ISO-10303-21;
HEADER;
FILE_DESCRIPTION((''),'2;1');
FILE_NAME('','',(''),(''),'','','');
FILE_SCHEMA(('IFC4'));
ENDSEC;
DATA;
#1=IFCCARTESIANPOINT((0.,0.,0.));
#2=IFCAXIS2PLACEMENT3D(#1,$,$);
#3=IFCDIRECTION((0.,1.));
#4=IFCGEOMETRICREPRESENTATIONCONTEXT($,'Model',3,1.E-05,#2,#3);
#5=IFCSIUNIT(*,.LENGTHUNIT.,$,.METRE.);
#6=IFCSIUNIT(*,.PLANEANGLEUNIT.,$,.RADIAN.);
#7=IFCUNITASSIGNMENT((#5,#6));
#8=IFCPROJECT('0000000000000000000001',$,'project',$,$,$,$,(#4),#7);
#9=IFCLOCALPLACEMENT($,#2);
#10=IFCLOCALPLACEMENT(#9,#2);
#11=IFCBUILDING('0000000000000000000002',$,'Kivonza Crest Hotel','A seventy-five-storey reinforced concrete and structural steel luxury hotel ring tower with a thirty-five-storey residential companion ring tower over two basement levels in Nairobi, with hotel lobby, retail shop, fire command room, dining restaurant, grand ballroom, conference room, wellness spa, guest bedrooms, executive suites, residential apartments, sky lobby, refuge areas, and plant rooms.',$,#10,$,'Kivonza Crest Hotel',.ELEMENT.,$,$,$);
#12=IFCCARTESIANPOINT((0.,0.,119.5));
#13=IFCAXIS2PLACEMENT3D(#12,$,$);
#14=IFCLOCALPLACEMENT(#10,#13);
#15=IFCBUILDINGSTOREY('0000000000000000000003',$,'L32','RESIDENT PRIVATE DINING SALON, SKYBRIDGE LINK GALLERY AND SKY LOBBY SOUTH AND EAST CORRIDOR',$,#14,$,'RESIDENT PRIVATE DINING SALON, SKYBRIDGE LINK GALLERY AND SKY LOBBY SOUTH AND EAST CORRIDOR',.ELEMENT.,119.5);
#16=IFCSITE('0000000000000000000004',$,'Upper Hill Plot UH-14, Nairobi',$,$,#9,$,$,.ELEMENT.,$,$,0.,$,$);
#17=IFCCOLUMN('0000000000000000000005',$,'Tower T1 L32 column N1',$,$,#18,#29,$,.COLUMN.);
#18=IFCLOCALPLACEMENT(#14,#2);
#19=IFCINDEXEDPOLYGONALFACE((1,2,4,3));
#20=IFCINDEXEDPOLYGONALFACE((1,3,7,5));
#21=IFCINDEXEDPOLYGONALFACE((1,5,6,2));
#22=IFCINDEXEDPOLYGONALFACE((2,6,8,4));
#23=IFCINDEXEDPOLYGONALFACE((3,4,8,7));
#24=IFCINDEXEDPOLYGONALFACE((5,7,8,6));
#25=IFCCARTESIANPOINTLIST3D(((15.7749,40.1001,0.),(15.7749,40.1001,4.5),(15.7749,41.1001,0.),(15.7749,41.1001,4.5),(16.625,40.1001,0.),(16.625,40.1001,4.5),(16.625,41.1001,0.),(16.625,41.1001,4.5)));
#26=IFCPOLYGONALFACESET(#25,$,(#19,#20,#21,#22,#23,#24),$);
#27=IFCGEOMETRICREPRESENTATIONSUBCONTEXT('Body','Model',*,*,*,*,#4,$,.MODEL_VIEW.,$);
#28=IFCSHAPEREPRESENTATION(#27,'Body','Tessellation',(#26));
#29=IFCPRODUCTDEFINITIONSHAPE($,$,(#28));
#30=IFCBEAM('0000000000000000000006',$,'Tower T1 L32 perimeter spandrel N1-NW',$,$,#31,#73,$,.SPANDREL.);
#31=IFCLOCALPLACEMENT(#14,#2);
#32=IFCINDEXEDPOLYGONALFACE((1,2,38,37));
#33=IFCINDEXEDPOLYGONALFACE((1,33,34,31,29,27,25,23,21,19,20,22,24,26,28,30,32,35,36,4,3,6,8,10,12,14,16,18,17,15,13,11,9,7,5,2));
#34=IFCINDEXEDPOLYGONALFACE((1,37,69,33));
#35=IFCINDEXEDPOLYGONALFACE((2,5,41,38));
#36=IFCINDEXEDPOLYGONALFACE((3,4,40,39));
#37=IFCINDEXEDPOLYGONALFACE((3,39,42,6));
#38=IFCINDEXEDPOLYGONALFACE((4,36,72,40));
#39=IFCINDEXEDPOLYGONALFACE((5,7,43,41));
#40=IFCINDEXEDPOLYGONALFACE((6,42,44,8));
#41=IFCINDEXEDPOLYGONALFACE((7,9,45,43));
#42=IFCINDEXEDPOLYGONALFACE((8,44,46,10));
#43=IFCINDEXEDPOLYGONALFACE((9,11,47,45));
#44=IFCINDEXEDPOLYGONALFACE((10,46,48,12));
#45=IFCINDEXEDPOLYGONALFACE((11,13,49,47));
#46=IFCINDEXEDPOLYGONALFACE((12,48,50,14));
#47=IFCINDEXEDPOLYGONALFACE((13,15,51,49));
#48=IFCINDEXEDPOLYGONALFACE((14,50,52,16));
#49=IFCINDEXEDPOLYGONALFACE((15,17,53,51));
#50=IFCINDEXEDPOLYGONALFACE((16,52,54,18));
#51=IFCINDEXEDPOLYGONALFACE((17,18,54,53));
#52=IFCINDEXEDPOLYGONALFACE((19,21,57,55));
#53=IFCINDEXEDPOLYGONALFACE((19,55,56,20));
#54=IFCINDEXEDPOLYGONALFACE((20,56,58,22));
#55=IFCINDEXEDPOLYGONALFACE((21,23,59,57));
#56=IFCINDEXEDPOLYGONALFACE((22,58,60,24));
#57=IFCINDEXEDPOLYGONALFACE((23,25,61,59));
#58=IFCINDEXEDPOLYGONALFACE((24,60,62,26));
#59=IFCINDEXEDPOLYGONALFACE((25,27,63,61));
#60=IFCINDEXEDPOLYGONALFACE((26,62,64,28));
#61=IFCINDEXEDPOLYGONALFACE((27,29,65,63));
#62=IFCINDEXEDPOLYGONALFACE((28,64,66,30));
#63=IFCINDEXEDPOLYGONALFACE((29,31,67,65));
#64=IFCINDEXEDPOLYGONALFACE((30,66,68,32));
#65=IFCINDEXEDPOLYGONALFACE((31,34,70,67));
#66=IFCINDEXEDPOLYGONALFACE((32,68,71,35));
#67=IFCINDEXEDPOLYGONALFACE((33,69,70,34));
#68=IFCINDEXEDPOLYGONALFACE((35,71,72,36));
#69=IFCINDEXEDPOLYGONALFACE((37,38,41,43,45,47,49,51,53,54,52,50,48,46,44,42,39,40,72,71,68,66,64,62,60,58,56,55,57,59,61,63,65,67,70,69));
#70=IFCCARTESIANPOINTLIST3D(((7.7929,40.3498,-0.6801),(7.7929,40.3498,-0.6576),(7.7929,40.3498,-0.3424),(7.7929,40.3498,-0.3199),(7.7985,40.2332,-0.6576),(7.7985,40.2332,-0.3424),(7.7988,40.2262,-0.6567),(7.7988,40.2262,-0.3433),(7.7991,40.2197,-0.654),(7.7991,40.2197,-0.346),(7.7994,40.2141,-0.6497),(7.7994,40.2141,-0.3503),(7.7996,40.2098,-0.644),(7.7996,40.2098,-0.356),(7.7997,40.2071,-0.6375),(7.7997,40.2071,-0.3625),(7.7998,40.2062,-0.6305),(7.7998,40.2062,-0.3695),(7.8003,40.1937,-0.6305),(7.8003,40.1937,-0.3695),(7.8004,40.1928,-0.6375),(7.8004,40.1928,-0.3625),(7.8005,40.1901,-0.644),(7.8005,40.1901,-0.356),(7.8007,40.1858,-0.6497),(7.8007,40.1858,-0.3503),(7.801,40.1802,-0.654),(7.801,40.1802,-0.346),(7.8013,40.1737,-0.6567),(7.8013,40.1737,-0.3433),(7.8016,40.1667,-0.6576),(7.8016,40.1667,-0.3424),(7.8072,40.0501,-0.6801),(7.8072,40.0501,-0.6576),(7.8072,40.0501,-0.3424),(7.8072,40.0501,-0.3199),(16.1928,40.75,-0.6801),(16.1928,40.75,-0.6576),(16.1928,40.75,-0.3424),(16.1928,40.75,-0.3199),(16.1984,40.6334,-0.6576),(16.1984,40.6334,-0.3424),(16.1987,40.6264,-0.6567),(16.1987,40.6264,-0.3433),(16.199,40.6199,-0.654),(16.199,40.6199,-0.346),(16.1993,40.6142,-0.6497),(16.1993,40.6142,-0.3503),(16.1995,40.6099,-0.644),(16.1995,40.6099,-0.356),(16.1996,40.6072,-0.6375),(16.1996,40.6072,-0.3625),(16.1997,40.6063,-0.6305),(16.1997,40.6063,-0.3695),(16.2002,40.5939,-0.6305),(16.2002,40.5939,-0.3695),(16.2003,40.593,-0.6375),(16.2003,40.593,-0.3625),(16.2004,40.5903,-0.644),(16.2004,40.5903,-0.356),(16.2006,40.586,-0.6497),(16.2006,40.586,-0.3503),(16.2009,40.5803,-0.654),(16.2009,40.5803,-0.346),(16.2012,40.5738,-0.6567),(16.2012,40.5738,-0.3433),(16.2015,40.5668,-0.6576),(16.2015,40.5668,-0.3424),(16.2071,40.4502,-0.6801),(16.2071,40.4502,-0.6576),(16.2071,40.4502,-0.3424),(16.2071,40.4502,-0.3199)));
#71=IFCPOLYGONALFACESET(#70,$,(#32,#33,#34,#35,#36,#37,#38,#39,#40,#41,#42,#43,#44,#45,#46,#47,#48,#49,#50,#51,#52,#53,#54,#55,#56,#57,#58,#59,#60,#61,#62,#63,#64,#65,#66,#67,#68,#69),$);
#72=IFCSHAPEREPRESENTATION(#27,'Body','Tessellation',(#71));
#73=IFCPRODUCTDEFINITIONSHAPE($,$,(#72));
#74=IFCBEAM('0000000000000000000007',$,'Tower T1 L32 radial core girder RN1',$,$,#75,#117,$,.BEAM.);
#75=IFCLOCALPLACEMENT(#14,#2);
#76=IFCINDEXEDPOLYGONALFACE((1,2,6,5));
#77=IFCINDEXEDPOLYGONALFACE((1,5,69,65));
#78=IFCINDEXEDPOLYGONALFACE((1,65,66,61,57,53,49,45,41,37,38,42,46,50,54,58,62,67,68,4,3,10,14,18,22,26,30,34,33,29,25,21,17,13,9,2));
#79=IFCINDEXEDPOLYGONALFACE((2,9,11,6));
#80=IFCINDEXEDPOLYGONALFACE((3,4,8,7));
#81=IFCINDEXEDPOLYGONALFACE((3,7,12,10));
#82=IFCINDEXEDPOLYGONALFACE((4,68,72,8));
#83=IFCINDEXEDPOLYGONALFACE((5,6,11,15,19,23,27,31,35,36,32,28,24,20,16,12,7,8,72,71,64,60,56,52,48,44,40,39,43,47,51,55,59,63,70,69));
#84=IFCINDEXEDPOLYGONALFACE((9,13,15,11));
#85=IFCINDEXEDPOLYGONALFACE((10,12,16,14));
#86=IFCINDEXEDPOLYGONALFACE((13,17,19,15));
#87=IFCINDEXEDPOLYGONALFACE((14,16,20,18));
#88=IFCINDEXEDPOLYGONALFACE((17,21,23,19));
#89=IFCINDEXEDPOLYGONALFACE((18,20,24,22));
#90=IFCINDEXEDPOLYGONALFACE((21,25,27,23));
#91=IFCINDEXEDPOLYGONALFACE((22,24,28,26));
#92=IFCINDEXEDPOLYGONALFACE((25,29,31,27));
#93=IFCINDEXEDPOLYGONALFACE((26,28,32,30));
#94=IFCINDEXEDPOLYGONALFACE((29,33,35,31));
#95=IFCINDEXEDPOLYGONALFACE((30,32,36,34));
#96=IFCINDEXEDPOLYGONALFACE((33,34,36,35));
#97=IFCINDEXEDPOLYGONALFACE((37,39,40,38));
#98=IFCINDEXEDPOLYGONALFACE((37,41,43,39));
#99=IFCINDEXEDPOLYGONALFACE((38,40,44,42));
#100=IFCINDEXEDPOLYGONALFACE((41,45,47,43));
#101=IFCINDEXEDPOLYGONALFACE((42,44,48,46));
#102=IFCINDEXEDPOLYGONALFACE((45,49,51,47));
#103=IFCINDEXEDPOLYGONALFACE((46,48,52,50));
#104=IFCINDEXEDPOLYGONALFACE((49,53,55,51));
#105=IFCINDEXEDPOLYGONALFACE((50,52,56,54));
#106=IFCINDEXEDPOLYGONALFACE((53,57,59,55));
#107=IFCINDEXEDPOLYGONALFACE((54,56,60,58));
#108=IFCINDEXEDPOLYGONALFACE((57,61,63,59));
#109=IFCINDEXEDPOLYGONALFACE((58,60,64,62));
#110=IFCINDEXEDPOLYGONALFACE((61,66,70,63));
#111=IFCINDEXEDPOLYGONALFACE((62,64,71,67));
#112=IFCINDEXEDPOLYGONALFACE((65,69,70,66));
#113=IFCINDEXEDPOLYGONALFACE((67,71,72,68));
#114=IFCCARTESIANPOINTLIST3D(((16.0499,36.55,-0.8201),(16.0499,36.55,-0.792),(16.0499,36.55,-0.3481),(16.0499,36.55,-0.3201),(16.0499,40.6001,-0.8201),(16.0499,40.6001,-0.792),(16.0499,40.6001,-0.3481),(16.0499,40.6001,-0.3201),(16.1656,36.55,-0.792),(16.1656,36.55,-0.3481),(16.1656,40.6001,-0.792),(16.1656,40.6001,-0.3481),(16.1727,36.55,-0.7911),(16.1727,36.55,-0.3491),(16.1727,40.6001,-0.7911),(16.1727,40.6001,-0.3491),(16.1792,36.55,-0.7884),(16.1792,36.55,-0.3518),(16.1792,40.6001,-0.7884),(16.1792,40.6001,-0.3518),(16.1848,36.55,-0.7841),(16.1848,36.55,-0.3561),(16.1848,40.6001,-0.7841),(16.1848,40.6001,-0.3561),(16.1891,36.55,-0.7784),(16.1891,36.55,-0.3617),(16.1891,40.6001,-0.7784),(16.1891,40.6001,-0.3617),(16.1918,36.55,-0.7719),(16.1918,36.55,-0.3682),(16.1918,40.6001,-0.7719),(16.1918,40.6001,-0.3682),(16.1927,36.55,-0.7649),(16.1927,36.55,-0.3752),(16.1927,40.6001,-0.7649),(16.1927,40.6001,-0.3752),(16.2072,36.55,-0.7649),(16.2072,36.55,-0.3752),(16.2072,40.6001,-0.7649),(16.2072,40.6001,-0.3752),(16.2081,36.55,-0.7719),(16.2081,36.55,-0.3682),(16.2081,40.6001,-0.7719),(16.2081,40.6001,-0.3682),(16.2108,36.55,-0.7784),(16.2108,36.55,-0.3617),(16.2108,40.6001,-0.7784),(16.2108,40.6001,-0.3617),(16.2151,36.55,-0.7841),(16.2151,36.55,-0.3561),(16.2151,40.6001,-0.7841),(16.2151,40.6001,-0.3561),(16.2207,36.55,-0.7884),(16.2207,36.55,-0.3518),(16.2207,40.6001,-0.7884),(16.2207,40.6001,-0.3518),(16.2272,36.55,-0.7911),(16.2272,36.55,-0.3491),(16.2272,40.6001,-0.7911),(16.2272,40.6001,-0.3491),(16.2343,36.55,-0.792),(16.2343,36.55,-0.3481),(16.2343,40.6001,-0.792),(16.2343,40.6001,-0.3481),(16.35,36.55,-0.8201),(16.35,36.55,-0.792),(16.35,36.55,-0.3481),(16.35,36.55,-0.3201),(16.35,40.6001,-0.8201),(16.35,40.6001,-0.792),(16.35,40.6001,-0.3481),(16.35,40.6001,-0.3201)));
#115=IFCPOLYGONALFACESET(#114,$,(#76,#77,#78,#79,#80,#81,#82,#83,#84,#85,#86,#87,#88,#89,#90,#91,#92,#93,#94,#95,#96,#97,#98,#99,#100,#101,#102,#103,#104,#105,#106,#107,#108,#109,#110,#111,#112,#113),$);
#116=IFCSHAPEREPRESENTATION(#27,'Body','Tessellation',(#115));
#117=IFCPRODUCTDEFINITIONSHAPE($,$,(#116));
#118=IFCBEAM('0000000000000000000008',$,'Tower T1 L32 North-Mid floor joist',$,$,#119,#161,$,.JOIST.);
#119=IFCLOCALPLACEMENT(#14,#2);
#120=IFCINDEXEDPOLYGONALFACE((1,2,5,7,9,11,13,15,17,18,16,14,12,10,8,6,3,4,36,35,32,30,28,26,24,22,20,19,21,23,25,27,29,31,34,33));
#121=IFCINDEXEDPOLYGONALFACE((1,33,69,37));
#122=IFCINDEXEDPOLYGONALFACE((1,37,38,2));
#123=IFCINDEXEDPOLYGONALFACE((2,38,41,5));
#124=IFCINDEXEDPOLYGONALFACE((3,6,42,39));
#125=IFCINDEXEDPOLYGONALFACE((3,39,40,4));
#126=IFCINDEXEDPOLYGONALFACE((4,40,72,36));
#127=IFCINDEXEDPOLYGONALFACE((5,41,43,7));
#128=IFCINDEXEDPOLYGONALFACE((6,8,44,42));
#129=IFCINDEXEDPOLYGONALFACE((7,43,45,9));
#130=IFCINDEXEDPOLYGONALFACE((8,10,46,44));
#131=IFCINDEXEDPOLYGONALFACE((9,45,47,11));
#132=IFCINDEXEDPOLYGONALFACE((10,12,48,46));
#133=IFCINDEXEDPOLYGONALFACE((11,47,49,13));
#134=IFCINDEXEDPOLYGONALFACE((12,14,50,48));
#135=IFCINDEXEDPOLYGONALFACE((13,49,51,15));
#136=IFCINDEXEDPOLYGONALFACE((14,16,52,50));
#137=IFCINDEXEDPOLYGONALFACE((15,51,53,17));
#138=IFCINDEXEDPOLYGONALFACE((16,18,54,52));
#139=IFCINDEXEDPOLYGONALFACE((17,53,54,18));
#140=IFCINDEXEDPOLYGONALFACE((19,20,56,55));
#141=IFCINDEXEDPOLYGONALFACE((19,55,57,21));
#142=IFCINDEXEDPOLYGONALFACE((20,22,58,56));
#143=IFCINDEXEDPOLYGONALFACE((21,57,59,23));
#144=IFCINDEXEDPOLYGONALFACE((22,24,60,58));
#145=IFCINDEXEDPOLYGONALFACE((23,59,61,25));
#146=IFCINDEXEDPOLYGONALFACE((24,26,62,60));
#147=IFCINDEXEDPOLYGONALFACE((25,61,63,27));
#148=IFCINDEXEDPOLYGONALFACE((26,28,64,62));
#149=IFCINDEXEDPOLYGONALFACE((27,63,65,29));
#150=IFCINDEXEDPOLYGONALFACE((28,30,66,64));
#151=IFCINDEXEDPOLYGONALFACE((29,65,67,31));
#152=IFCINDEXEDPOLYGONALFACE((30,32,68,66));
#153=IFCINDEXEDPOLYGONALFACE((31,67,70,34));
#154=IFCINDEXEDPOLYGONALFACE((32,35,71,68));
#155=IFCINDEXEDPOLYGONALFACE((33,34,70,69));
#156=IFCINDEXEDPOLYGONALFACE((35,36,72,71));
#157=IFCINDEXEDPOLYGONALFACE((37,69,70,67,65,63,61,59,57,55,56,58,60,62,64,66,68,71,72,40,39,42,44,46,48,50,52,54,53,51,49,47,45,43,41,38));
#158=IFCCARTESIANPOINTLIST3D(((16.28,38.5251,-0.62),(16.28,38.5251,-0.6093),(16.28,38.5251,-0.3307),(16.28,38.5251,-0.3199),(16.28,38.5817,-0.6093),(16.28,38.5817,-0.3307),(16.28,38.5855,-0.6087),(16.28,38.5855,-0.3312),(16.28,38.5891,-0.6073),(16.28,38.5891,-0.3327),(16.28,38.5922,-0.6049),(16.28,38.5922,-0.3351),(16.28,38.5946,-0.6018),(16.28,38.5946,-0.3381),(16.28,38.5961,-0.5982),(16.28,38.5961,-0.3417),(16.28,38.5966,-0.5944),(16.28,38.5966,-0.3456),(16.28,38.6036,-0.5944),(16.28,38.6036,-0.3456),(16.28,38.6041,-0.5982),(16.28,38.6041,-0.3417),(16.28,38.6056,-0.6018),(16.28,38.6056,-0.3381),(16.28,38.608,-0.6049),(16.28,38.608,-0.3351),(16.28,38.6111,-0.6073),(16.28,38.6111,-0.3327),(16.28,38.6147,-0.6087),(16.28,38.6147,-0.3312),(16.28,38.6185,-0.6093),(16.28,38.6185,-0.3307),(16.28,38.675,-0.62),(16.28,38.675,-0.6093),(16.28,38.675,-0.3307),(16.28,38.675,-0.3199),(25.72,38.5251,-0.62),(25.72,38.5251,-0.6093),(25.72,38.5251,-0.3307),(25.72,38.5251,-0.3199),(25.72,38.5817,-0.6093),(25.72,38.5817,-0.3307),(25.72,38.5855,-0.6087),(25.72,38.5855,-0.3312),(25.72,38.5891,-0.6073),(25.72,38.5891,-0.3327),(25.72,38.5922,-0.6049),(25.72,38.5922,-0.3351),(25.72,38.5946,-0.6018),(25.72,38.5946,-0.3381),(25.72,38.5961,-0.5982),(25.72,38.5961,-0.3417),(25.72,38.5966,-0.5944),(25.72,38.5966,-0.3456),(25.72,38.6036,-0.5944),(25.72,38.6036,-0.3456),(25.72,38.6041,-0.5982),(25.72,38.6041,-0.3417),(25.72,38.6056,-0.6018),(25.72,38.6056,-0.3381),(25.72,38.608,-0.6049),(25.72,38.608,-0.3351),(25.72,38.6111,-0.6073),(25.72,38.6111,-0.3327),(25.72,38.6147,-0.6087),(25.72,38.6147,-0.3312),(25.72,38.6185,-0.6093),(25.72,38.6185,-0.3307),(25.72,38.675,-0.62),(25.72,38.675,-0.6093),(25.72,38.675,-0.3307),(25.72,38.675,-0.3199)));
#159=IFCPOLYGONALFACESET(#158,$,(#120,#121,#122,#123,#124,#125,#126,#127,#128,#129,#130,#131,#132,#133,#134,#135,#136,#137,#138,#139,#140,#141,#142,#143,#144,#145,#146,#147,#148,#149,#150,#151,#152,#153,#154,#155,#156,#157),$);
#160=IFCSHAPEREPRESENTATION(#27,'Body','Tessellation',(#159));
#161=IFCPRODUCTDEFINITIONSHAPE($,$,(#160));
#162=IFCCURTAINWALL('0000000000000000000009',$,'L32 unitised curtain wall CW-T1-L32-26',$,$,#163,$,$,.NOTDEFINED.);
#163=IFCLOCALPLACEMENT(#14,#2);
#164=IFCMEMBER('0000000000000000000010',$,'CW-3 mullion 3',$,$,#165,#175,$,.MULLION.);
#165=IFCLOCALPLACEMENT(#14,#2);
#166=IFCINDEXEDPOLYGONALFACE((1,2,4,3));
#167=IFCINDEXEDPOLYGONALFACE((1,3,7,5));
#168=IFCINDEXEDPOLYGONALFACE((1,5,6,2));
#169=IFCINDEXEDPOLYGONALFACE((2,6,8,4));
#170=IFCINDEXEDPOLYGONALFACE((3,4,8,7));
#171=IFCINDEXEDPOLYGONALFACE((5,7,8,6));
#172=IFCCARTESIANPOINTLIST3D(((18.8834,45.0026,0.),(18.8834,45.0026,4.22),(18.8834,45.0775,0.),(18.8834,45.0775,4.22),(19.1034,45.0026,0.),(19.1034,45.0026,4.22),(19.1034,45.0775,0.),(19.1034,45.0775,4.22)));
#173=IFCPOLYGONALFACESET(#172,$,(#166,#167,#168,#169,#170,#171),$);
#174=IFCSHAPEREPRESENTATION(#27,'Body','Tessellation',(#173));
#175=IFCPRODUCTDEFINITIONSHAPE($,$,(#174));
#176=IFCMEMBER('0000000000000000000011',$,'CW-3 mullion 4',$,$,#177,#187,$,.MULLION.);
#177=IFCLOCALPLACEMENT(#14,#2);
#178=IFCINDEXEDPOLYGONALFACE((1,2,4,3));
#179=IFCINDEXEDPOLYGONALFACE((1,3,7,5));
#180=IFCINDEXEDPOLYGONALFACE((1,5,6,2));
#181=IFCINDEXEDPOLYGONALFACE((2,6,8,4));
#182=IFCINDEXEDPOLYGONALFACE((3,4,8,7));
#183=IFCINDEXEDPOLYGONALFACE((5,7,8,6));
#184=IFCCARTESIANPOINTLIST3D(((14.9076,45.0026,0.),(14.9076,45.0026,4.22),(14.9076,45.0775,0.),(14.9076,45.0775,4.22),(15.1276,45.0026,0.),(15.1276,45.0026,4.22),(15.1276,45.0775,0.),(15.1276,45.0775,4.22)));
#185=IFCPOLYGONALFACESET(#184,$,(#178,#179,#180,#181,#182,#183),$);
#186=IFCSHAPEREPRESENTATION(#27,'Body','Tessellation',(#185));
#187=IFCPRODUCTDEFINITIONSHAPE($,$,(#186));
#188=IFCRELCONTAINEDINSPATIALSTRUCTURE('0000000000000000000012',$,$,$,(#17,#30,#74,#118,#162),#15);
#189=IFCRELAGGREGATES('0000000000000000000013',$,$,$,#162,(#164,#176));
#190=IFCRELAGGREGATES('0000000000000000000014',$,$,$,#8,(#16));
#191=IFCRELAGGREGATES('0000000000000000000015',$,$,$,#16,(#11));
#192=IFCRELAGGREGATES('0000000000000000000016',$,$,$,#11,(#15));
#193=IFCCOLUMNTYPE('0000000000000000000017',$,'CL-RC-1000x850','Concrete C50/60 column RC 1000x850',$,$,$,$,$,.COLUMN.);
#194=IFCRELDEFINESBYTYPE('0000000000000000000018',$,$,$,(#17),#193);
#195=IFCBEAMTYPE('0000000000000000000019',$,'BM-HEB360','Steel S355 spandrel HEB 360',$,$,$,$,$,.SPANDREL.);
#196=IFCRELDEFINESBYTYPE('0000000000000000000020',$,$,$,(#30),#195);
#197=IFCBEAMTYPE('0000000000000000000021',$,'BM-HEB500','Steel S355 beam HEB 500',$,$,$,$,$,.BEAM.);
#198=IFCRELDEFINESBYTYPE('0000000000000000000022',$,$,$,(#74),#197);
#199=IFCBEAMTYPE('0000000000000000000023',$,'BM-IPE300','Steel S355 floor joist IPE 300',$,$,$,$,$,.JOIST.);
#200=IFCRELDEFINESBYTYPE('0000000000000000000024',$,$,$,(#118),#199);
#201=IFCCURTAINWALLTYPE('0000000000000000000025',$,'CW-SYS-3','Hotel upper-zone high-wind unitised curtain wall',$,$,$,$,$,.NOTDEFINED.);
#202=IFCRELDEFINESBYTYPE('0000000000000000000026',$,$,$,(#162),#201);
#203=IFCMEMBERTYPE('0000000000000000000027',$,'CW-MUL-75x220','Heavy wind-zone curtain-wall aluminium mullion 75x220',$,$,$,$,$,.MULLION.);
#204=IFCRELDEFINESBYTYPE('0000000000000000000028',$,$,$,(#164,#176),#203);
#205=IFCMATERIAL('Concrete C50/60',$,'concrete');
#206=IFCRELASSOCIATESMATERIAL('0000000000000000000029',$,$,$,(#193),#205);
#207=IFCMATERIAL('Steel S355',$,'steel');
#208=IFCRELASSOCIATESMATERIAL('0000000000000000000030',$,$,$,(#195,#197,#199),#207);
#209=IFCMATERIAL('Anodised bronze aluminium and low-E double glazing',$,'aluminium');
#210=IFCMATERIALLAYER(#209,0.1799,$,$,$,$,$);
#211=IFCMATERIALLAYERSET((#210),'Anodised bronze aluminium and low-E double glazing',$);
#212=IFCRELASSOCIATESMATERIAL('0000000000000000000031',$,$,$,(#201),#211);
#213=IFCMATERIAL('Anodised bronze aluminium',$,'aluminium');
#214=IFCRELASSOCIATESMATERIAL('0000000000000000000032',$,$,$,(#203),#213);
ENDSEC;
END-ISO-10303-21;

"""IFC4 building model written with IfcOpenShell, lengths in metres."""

from ifc_helpers import new_model, si_unit, direction, frame, origin, origin_2d, place, context, subcontext, project, spatial, rectangle, i_section, extrude, material, layer, layer_set, material_profile, profile_set, type_object, element, aggregate, save


model = new_model("IFC4")

# Units and contexts
model_context = context("Model", 3, precision=1e-05, world=origin(), true_north=direction((0.0, 1.0)))
body_context = subcontext(model_context, "Body", "Model", "MODEL_VIEW")
ifc_project = project(units=[si_unit("LENGTHUNIT", "METRE"), si_unit("PLANEANGLEUNIT", "RADIAN")], contexts=[model_context])

# Site, building, storey
site_placement = place(None, origin())
site = spatial("IfcSite", under=ifc_project, at=site_placement, Name="Upper Hill Plot UH-14, Nairobi", CompositionType="ELEMENT", RefElevation=0.0)
building_placement = place(site_placement, origin())
building = spatial("IfcBuilding", under=site, at=building_placement, Name="Kivonza Crest Hotel", Description="A seventy-five-storey reinforced concrete and structural steel luxury hotel ring tower with a thirty-five-storey residential companion ring tower over two basement levels in Nairobi, with hotel lobby, retail shop, fire command room, dining restaurant, grand ballroom, conference room, wellness spa, guest bedrooms, executive suites, residential apartments, sky lobby, refuge areas, and plant rooms.", LongName="Kivonza Crest Hotel", CompositionType="ELEMENT")
storey_placement = place(building_placement, frame((0.0, 0.0, 119.5)))
storey = spatial("IfcBuildingStorey", under=building, at=storey_placement, Name="L32", Description="RESIDENT PRIVATE DINING SALON, SKYBRIDGE LINK GALLERY AND SKY LOBBY SOUTH AND EAST CORRIDOR", LongName="RESIDENT PRIVATE DINING SALON, SKYBRIDGE LINK GALLERY AND SKY LOBBY SOUTH AND EAST CORRIDOR", CompositionType="ELEMENT", Elevation=119.5)

# Column
ifc_material_1 = material(Name="Concrete C50/60", Category="concrete")
ifc_material_profile_1 = material_profile(ifc_material_1, rectangle(XDim=0.8501, YDim=1.0, at=origin_2d()), Name="RC 1000x850")
ifc_profile_set_1 = profile_set([ifc_material_profile_1], Name="Concrete C50/60")
column_type = type_object("IfcColumnType", Name="CL-RC-1000x850", Description="Concrete C50/60 column RC 1000x850", PredefinedType="COLUMN", material=ifc_profile_set_1)
column_placement = place(storey_placement, frame((16.2, 40.6001, 0.0), z_axis=(0.0, 0.0, 1.0), x_axis=(1.0, 0.0, 0.0)))
element("IfcColumn", 1, at=column_placement, inside=storey, type_object=column_type, Name="Tower T1 L32 column N1", PredefinedType="COLUMN", context=body_context, shape_type="SweptSolid", body=[
    extrude(rectangle(XDim=0.8501, YDim=1.0, at=origin_2d()), origin(), (0.0, 0.0, 1.0), 4.5),
])

# Beams
ifc_material_2 = material(Name="Steel S355", Category="steel")
ifc_material_profile_2 = material_profile(ifc_material_2, i_section(OverallWidth=0.3, OverallDepth=0.3601, WebThickness=0.0125, FlangeThickness=0.0225, FilletRadius=0.0271, at=origin_2d()), Name="HEB 360")
ifc_profile_set_2 = profile_set([ifc_material_profile_2], Name="Steel S355")
beam_type_1 = type_object("IfcBeamType", Name="BM-HEB360", Description="Steel S355 spandrel HEB 360", PredefinedType="SPANDREL", material=ifc_profile_set_2)
beam_1_placement = place(storey_placement, frame((16.2, 40.6001, -0.5), z_axis=(-0.998867, -0.047583, 0.0), x_axis=(0.047583, -0.998867, 0.0)))
element("IfcBeam", 2, at=beam_1_placement, inside=storey, type_object=beam_type_1, Name="Tower T1 L32 perimeter spandrel N1-NW", PredefinedType="SPANDREL", context=body_context, shape_type="SweptSolid", body=[
    extrude(i_section(OverallWidth=0.3, OverallDepth=0.3601, WebThickness=0.0125, FlangeThickness=0.0225, FilletRadius=0.0271, at=origin_2d()), origin(), (0.0, 0.0, 1.0), 8.4094),
])
ifc_material_profile_3 = material_profile(ifc_material_2, i_section(OverallWidth=0.3, OverallDepth=0.5, WebThickness=0.0144, FlangeThickness=0.0281, FilletRadius=0.0271, at=origin_2d()), Name="HEB 500")
ifc_profile_set_3 = profile_set([ifc_material_profile_3], Name="Steel S355")
beam_type_2 = type_object("IfcBeamType", Name="BM-HEB500", Description="Steel S355 beam HEB 500", PredefinedType="BEAM", material=ifc_profile_set_3)
beam_2_placement = place(storey_placement, frame((16.2, 40.6001, -0.5701), z_axis=(0.0, -1.0, 0.0), x_axis=(1.0, 0.0, 0.0)))
element("IfcBeam", 3, at=beam_2_placement, inside=storey, type_object=beam_type_2, Name="Tower T1 L32 radial core girder RN1", PredefinedType="BEAM", context=body_context, shape_type="SweptSolid", body=[
    extrude(i_section(OverallWidth=0.3, OverallDepth=0.5, WebThickness=0.0144, FlangeThickness=0.0281, FilletRadius=0.0271, at=origin_2d()), origin(), (0.0, 0.0, 1.0), 4.05),
])
ifc_material_profile_4 = material_profile(ifc_material_2, i_section(OverallWidth=0.1499, OverallDepth=0.3, WebThickness=0.0071, FlangeThickness=0.0107, FilletRadius=0.0149, at=origin_2d()), Name="IPE 300")
ifc_profile_set_4 = profile_set([ifc_material_profile_4], Name="Steel S355")
beam_type_3 = type_object("IfcBeamType", Name="BM-IPE300", Description="Steel S355 floor joist IPE 300", PredefinedType="JOIST", material=ifc_profile_set_4)
beam_3_placement = place(storey_placement, frame((16.28, 38.6001, -0.47), z_axis=(1.0, 0.0, 0.0), x_axis=(0.0, 1.0, 0.0)))
element("IfcBeam", 4, at=beam_3_placement, inside=storey, type_object=beam_type_3, Name="Tower T1 L32 North-Mid floor joist", PredefinedType="JOIST", context=body_context, shape_type="SweptSolid", body=[
    extrude(i_section(OverallWidth=0.1499, OverallDepth=0.3, WebThickness=0.0071, FlangeThickness=0.0107, FilletRadius=0.0149, at=origin_2d()), origin(), (0.0, 0.0, 1.0), 9.4399),
])

# Curtain wall, members
ifc_material_3 = material(Name="Anodised bronze aluminium and low-E double glazing", Category="aluminium")
ifc_layer_1 = layer(ifc_material_3, 0.1799)
ifc_layer_set_1 = layer_set([ifc_layer_1], Name="Anodised bronze aluminium and low-E double glazing")
curtain_wall_type = type_object("IfcCurtainWallType", Name="CW-SYS-3", Description="Hotel upper-zone high-wind unitised curtain wall", PredefinedType="NOTDEFINED", material=ifc_layer_set_1)
curtain_wall_placement = place(storey_placement, origin())
curtain_wall = element("IfcCurtainWall", 5, at=curtain_wall_placement, inside=storey, type_object=curtain_wall_type, Name="L32 unitised curtain wall CW-T1-L32-26", PredefinedType="NOTDEFINED")
ifc_material_4 = material(Name="Anodised bronze aluminium", Category="aluminium")
ifc_material_profile_5 = material_profile(ifc_material_4, rectangle(XDim=0.075, YDim=0.22, at=origin_2d()), Name="CW-M 75x220")
ifc_profile_set_5 = profile_set([ifc_material_profile_5], Name="Anodised bronze aluminium")
member_type_1 = type_object("IfcMemberType", Name="CW-MUL-75x220", Description="Heavy wind-zone curtain-wall aluminium mullion 75x220", PredefinedType="MULLION", material=ifc_profile_set_5)
member_1_placement = place(storey_placement, frame((18.9934, 45.04, 0.0), z_axis=(0.0, 0.0, 1.0), x_axis=(0.0, -1.0, 0.0)))
member_1 = element("IfcMember", 6, at=member_1_placement, type_object=member_type_1, Name="CW-3 mullion 3", PredefinedType="MULLION", context=body_context, shape_type="SweptSolid", body=[
    extrude(rectangle(XDim=0.075, YDim=0.22, at=origin_2d()), origin(), (0.0, 0.0, 1.0), 4.22),
])
member_2_placement = place(storey_placement, frame((15.0176, 45.04, 0.0), z_axis=(0.0, 0.0, 1.0), x_axis=(0.0, -1.0, 0.0)))
member_2 = element("IfcMember", 7, at=member_2_placement, type_object=member_type_1, Name="CW-3 mullion 4", PredefinedType="MULLION", context=body_context, shape_type="SweptSolid", body=[
    extrude(rectangle(XDim=0.075, YDim=0.22, at=origin_2d()), origin(), (0.0, 0.0, 1.0), 4.22),
])
aggregate(curtain_wall, [member_1, member_2])

save(model, "model.ifc")
